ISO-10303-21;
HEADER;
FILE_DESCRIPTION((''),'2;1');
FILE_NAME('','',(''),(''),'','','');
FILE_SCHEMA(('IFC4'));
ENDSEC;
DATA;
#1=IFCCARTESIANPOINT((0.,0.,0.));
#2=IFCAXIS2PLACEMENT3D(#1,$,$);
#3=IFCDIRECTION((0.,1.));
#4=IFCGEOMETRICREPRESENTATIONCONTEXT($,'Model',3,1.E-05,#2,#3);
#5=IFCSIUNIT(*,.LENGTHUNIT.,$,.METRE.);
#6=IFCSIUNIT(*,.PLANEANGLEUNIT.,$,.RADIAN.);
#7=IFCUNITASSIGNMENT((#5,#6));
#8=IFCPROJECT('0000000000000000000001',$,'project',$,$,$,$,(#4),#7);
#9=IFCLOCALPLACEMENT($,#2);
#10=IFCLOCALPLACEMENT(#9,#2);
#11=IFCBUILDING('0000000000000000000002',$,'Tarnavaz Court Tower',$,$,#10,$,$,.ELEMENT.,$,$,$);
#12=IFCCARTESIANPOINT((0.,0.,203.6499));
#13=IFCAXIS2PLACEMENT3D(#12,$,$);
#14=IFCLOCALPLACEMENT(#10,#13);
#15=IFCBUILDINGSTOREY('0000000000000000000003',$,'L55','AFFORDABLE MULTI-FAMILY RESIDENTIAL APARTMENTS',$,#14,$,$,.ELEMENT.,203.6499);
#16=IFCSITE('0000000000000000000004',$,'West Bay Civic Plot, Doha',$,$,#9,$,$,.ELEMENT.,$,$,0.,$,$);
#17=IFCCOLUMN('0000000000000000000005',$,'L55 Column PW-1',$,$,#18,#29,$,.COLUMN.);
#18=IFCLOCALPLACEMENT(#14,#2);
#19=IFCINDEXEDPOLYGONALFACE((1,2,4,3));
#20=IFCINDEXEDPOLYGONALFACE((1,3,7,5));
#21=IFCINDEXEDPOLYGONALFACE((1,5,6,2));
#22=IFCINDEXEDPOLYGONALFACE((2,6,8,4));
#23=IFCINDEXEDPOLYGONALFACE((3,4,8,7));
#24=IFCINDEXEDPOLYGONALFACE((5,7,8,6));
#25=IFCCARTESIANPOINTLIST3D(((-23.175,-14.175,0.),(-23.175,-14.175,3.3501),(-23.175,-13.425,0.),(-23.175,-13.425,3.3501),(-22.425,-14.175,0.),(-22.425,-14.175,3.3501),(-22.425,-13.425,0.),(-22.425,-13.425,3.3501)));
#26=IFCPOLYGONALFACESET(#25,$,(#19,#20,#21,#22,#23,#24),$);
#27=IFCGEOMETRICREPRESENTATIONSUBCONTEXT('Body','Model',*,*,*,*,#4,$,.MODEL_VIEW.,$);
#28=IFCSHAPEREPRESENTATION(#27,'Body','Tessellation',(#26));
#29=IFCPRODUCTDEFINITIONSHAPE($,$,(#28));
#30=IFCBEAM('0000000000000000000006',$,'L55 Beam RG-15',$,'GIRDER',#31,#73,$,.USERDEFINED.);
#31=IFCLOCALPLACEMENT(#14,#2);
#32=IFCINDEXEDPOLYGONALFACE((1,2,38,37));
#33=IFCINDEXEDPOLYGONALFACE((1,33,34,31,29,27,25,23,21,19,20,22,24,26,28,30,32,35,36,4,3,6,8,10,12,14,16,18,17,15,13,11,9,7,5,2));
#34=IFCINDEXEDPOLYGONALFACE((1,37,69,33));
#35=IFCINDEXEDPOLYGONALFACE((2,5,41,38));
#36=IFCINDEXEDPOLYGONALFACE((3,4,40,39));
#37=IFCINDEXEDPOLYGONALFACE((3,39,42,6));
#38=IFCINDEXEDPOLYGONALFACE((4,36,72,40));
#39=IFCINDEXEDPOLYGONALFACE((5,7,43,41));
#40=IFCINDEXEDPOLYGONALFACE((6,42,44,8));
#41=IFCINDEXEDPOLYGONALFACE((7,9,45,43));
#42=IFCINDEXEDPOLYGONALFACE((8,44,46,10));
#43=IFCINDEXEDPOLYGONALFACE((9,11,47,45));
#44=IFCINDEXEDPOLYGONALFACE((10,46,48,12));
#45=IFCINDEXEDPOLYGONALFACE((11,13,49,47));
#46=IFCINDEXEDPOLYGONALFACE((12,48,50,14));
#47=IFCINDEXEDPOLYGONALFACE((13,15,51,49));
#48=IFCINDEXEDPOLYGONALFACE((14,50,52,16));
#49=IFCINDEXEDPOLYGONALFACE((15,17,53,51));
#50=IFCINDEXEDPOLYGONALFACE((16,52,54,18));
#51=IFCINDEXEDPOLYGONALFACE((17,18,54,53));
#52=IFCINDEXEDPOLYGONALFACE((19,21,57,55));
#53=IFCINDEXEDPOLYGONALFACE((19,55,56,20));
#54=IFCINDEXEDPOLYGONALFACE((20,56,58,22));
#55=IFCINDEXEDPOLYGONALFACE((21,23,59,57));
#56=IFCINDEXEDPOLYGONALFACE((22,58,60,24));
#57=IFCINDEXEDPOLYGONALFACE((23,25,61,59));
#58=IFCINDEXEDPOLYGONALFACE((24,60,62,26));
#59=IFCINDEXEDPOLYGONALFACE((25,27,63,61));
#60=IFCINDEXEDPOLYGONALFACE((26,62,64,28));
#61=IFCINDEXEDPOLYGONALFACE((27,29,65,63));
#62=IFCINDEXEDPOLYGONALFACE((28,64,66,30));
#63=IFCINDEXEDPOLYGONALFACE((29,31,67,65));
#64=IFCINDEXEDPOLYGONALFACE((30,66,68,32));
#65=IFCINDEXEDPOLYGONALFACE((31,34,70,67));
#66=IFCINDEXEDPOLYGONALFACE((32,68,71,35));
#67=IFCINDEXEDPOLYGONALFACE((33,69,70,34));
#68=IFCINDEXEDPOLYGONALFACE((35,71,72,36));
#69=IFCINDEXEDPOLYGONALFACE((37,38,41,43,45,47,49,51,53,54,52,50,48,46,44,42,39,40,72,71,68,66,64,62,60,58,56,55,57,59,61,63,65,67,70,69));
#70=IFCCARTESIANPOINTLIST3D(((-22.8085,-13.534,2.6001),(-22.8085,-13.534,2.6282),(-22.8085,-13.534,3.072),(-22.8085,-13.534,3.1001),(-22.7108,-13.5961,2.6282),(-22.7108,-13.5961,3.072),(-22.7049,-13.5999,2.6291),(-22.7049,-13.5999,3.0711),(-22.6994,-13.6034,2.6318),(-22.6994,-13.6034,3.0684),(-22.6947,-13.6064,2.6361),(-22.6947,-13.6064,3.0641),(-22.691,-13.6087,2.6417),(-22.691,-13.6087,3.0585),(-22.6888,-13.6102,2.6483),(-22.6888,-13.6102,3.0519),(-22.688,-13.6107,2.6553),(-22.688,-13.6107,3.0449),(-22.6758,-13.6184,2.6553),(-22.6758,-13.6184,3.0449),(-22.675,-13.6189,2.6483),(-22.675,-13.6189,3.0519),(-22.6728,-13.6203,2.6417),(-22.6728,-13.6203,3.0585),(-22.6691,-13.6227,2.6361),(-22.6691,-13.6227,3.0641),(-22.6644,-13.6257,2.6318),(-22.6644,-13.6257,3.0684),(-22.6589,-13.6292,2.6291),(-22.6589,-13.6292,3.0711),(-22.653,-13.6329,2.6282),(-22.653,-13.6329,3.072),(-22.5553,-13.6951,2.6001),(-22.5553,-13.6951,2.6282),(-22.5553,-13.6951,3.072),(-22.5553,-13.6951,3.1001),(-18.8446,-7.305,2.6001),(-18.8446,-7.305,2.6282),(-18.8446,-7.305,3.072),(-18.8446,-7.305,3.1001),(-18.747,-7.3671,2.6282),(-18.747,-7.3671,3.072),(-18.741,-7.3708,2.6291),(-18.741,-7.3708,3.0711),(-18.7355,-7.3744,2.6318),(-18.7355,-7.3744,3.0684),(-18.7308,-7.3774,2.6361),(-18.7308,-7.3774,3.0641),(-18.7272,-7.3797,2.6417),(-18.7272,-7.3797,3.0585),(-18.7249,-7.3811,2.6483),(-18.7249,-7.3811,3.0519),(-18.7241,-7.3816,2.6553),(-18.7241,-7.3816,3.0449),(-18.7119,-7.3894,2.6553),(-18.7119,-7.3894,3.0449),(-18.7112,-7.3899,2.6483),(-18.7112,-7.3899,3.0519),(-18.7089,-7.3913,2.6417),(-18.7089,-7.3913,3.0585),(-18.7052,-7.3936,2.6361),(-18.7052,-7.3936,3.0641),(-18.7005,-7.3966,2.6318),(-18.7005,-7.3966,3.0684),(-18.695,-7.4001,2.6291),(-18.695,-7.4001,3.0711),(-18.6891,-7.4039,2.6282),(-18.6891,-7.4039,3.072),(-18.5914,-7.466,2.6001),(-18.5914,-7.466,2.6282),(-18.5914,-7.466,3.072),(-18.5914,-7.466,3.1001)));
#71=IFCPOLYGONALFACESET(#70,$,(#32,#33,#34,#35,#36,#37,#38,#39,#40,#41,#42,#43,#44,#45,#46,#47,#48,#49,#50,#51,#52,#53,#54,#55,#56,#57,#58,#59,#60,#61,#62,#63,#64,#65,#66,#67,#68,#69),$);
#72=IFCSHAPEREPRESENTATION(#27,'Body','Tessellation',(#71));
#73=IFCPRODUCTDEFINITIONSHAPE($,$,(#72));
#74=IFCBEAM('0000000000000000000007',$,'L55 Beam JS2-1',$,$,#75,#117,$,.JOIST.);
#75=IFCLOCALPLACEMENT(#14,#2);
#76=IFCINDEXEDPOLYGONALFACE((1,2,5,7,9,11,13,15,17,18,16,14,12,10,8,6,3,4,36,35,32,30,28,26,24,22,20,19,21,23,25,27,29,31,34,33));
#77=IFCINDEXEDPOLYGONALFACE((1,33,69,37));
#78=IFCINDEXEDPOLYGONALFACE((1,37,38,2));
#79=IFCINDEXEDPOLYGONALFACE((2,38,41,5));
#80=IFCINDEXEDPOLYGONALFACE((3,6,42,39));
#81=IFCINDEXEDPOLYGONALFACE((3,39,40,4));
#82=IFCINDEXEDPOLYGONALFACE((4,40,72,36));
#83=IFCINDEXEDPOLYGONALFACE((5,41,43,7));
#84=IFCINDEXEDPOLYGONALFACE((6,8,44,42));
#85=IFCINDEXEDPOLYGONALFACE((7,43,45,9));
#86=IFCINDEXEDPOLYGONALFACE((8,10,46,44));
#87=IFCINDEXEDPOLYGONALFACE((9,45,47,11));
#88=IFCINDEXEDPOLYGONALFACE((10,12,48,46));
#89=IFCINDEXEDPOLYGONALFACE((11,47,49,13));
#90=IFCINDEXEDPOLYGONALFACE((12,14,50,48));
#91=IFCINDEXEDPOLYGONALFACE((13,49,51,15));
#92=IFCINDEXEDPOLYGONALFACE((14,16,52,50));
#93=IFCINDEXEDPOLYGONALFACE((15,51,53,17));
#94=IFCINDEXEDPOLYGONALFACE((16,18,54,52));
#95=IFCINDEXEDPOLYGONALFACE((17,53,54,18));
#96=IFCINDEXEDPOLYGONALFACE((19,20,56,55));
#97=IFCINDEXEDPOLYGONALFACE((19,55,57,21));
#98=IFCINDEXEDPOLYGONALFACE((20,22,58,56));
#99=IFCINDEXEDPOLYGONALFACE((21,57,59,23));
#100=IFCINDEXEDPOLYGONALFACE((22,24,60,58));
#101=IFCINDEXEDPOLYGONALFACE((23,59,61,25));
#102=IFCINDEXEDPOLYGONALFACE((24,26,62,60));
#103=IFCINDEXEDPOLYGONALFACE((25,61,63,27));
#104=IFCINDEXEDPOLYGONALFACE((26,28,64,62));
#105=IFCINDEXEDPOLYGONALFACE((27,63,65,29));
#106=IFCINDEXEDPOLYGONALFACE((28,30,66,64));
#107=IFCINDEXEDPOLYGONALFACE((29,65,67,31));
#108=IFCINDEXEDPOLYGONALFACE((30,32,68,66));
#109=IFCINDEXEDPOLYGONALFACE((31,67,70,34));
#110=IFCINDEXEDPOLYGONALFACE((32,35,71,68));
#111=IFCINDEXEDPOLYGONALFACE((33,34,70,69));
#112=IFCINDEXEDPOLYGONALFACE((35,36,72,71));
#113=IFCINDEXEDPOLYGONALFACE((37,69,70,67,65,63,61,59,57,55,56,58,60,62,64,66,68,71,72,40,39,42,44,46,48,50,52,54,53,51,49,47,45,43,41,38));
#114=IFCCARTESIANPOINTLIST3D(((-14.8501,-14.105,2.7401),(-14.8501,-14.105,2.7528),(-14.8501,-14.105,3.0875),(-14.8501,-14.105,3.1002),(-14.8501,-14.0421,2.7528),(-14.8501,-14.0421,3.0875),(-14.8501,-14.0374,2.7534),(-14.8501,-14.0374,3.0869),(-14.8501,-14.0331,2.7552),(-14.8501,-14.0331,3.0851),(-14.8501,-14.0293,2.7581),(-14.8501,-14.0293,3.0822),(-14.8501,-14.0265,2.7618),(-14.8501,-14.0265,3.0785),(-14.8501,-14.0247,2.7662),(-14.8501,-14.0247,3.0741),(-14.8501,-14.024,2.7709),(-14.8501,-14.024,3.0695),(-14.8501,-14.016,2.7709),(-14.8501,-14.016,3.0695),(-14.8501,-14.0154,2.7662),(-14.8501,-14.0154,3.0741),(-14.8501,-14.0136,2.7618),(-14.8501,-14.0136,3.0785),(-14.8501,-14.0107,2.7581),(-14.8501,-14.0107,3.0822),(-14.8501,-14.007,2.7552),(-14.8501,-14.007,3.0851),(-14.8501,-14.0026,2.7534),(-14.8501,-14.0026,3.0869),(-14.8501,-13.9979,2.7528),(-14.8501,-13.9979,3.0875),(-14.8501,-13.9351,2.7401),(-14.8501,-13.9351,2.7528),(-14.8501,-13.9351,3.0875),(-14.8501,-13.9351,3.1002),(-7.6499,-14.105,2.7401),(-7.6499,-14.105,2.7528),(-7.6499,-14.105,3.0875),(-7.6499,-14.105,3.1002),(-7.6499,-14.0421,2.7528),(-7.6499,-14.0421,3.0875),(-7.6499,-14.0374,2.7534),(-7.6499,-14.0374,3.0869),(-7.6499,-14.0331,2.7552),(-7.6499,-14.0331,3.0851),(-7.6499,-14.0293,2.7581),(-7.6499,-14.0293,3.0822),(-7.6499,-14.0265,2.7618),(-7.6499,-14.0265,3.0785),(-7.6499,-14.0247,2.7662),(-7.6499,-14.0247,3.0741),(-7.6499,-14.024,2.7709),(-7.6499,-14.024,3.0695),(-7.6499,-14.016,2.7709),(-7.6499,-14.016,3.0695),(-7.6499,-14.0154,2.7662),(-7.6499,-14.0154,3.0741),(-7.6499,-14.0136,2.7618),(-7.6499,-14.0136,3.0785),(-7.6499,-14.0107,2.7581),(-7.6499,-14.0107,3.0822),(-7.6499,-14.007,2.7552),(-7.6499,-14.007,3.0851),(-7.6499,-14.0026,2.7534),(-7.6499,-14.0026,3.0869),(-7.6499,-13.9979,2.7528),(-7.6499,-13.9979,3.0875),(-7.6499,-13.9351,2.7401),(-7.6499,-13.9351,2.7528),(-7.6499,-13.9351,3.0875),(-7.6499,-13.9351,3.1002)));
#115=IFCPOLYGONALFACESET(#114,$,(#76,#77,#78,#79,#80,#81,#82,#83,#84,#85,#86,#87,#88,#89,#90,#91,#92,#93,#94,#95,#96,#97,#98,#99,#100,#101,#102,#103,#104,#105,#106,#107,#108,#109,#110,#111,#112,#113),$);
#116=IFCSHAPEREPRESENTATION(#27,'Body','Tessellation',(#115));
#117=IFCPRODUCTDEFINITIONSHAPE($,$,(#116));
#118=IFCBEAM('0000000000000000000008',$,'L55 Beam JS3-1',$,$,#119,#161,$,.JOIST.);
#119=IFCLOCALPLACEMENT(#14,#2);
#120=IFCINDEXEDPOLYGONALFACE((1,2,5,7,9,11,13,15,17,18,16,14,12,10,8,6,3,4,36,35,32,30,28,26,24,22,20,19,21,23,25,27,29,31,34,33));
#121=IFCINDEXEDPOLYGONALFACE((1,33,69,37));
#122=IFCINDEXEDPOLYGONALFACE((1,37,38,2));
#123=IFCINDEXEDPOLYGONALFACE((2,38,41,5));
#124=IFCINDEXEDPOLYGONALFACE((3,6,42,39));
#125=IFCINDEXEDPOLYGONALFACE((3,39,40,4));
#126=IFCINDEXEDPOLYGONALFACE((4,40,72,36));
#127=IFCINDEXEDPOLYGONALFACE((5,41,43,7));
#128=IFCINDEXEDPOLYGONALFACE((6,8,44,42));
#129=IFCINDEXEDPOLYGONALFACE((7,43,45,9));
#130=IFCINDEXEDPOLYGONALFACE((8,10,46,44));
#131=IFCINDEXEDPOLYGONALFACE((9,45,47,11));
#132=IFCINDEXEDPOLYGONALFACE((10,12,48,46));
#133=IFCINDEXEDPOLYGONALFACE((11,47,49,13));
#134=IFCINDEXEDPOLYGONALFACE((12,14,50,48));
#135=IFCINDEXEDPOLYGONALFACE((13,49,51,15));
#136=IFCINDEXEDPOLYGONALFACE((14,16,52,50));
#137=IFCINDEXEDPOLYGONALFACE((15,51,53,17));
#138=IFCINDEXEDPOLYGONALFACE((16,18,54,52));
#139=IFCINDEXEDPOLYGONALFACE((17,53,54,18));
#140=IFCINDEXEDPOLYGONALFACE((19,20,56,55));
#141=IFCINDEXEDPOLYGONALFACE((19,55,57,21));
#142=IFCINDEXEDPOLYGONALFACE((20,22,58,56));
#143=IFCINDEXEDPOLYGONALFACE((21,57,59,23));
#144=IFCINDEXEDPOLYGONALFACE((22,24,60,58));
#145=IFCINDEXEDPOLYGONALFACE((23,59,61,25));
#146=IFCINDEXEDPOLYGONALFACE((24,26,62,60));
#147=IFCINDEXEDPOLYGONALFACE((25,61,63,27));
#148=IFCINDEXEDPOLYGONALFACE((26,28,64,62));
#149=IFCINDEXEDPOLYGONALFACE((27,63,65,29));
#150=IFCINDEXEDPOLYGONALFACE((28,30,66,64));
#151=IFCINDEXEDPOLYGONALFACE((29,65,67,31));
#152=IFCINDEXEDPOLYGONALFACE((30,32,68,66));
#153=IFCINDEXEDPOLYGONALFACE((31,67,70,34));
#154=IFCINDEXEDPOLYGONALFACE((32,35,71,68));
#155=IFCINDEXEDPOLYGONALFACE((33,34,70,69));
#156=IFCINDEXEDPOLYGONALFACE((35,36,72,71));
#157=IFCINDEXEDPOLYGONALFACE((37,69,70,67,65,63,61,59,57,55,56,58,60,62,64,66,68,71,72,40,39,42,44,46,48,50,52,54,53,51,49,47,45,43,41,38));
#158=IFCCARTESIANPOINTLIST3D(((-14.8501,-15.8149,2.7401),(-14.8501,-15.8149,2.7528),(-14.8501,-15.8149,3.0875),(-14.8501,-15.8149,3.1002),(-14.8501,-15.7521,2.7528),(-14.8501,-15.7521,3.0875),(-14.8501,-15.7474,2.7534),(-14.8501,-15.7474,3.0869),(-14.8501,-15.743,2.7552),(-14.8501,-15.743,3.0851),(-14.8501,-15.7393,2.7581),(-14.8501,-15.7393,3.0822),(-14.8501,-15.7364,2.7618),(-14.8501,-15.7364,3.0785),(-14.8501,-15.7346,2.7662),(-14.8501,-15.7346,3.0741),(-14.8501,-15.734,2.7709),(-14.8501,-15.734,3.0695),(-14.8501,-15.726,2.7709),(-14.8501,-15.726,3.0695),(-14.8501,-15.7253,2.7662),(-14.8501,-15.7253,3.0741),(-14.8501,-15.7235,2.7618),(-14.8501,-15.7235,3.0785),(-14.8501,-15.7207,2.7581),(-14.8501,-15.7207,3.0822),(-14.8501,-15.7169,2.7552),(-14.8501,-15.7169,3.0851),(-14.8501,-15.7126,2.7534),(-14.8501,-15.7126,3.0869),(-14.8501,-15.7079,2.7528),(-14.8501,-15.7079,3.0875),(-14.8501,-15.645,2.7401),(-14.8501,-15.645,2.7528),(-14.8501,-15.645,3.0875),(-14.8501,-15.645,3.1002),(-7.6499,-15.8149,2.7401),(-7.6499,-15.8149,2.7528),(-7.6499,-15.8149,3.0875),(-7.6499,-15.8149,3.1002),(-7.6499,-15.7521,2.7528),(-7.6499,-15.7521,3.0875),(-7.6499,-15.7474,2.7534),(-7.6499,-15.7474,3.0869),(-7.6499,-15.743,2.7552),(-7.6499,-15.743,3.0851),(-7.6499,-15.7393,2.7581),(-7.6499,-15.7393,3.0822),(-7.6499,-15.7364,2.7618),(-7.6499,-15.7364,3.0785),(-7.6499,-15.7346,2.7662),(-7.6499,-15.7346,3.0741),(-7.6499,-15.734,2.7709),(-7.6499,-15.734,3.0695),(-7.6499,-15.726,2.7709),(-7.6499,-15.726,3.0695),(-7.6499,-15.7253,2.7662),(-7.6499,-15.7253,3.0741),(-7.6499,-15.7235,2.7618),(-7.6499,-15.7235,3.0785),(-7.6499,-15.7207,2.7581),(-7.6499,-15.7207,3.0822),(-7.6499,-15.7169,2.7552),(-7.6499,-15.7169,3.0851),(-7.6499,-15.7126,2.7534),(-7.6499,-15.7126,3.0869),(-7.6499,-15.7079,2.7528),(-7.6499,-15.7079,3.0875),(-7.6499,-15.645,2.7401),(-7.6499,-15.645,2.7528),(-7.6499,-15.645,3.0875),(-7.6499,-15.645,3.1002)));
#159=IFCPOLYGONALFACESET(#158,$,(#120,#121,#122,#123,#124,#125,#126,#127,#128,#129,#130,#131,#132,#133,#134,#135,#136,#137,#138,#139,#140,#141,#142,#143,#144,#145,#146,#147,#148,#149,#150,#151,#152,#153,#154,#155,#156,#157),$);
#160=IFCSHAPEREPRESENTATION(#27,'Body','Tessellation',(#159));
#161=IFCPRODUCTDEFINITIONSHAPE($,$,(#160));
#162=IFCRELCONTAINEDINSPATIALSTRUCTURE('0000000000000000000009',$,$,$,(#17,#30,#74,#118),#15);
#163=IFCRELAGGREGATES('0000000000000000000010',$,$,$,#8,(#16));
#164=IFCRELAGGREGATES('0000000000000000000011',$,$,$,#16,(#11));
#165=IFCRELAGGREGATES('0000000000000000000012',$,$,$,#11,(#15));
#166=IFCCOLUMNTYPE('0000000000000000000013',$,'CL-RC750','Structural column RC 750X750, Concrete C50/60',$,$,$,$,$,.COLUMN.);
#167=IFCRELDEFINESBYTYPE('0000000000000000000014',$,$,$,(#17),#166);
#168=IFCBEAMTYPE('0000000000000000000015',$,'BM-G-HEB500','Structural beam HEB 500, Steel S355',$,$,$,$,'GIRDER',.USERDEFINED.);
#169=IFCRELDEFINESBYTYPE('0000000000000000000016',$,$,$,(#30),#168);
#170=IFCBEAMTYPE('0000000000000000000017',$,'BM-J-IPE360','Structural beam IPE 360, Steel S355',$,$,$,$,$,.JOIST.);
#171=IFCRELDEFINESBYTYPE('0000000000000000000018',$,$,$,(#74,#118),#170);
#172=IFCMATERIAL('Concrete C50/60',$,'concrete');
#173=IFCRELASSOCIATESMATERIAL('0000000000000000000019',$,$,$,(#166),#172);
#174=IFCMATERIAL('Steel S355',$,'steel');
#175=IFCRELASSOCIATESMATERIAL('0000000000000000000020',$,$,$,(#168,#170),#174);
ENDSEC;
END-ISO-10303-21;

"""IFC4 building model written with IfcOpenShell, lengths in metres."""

from ifc_helpers import new_model, si_unit, direction, frame, origin, origin_2d, place, context, subcontext, project, spatial, rectangle, i_section, extrude, material, material_profile, profile_set, type_object, element, save


model = new_model("IFC4")

# Units and contexts
model_context = context("Model", 3, precision=1e-05, world=origin(), true_north=direction((0.0, 1.0)))
body_context = subcontext(model_context, "Body", "Model", "MODEL_VIEW")
ifc_project = project(units=[si_unit("LENGTHUNIT", "METRE"), si_unit("PLANEANGLEUNIT", "RADIAN")], contexts=[model_context])

# Site, building, storey
site_placement = place(None, origin())
site = spatial("IfcSite", under=ifc_project, at=site_placement, Name="West Bay Civic Plot, Doha", CompositionType="ELEMENT", RefElevation=0.0)
building_placement = place(site_placement, origin())
building = spatial("IfcBuilding", under=site, at=building_placement, Name="Tarnavaz Court Tower", CompositionType="ELEMENT")
storey_placement = place(building_placement, frame((0.0, 0.0, 203.6499)))
storey = spatial("IfcBuildingStorey", under=building, at=storey_placement, Name="L55", Description="AFFORDABLE MULTI-FAMILY RESIDENTIAL APARTMENTS", CompositionType="ELEMENT", Elevation=203.6499)

# Column
ifc_material_1 = material(Name="Concrete C50/60", Category="concrete")
ifc_material_profile_1 = material_profile(ifc_material_1, rectangle(XDim=0.75, YDim=0.75, at=origin_2d()), Name="RC 750X750")
ifc_profile_set_1 = profile_set([ifc_material_profile_1], Name="Concrete C50/60")
column_type = type_object("IfcColumnType", Name="CL-RC750", Description="Structural column RC 750X750, Concrete C50/60", PredefinedType="COLUMN", material=ifc_profile_set_1)
column_placement = place(storey_placement, frame((-22.8, -13.8, 0.0), z_axis=(0.0, 0.0, 1.0), x_axis=(1.0, 0.0, 0.0)))
element("IfcColumn", 1, at=column_placement, inside=storey, type_object=column_type, Name="L55 Column PW-1", PredefinedType="COLUMN", context=body_context, shape_type="SweptSolid", body=[
    extrude(rectangle(XDim=0.75, YDim=0.75, at=origin_2d()), origin(), (0.0, 0.0, 1.0), 3.3501),
])

# Beams
ifc_material_2 = material(Name="Steel S355", Category="steel")
ifc_material_profile_2 = material_profile(ifc_material_2, i_section(OverallWidth=0.3, OverallDepth=0.5, WebThickness=0.0144, FlangeThickness=0.0281, FilletRadius=0.0271, at=origin_2d()), Name="HEB 500")
ifc_profile_set_2 = profile_set([ifc_material_profile_2], Name="Steel S355")
beam_type_1 = type_object("IfcBeamType", Name="BM-G-HEB500", Description="Structural beam HEB 500, Steel S355", ElementType="GIRDER", PredefinedType="USERDEFINED", material=ifc_profile_set_2)
beam_1_placement = place(storey_placement, frame((-18.718, -7.3855, 2.8501), z_axis=(-0.536871, -0.843664, 0.0), x_axis=(0.843664, -0.536871, 0.0)))
element("IfcBeam", 2, at=beam_1_placement, inside=storey, type_object=beam_type_1, Name="L55 Beam RG-15", ObjectType="GIRDER", PredefinedType="USERDEFINED", context=body_context, shape_type="SweptSolid", body=[
    extrude(i_section(OverallWidth=0.3, OverallDepth=0.5, WebThickness=0.0144, FlangeThickness=0.0281, FilletRadius=0.0271, at=origin_2d()), origin(), (0.0, 0.0, 1.0), 7.3833),
])
ifc_material_profile_3 = material_profile(ifc_material_2, i_section(OverallWidth=0.1699, OverallDepth=0.3601, WebThickness=0.0081, FlangeThickness=0.0127, FilletRadius=0.0181, at=origin_2d()), Name="IPE 360")
ifc_profile_set_3 = profile_set([ifc_material_profile_3], Name="Steel S355")
beam_type_2 = type_object("IfcBeamType", Name="BM-J-IPE360", Description="Structural beam IPE 360, Steel S355", PredefinedType="JOIST", material=ifc_profile_set_3)
for number, where, z_axis, x_axis, name in (
    (3, (-14.8501, -14.02, 2.9202), (1.0, 0.0, 0.0), (0.0, 1.0, 0.0), "L55 Beam JS2-1"),
    (4, (-14.8501, -15.73, 2.9202), (1.0, 0.0, 0.0), (0.0, 1.0, 0.0), "L55 Beam JS3-1"),
):
    element("IfcBeam", number, at=place(storey_placement, frame(where, z_axis=z_axis, x_axis=x_axis)), inside=storey, type_object=beam_type_2, Name=name, PredefinedType="JOIST", context=body_context, shape_type="SweptSolid", body=[
        extrude(i_section(OverallWidth=0.1699, OverallDepth=0.3601, WebThickness=0.0081, FlangeThickness=0.0127, FilletRadius=0.0181, at=origin_2d()), origin(), (0.0, 0.0, 1.0), 7.2002),
    ])

save(model, "model.ifc")
